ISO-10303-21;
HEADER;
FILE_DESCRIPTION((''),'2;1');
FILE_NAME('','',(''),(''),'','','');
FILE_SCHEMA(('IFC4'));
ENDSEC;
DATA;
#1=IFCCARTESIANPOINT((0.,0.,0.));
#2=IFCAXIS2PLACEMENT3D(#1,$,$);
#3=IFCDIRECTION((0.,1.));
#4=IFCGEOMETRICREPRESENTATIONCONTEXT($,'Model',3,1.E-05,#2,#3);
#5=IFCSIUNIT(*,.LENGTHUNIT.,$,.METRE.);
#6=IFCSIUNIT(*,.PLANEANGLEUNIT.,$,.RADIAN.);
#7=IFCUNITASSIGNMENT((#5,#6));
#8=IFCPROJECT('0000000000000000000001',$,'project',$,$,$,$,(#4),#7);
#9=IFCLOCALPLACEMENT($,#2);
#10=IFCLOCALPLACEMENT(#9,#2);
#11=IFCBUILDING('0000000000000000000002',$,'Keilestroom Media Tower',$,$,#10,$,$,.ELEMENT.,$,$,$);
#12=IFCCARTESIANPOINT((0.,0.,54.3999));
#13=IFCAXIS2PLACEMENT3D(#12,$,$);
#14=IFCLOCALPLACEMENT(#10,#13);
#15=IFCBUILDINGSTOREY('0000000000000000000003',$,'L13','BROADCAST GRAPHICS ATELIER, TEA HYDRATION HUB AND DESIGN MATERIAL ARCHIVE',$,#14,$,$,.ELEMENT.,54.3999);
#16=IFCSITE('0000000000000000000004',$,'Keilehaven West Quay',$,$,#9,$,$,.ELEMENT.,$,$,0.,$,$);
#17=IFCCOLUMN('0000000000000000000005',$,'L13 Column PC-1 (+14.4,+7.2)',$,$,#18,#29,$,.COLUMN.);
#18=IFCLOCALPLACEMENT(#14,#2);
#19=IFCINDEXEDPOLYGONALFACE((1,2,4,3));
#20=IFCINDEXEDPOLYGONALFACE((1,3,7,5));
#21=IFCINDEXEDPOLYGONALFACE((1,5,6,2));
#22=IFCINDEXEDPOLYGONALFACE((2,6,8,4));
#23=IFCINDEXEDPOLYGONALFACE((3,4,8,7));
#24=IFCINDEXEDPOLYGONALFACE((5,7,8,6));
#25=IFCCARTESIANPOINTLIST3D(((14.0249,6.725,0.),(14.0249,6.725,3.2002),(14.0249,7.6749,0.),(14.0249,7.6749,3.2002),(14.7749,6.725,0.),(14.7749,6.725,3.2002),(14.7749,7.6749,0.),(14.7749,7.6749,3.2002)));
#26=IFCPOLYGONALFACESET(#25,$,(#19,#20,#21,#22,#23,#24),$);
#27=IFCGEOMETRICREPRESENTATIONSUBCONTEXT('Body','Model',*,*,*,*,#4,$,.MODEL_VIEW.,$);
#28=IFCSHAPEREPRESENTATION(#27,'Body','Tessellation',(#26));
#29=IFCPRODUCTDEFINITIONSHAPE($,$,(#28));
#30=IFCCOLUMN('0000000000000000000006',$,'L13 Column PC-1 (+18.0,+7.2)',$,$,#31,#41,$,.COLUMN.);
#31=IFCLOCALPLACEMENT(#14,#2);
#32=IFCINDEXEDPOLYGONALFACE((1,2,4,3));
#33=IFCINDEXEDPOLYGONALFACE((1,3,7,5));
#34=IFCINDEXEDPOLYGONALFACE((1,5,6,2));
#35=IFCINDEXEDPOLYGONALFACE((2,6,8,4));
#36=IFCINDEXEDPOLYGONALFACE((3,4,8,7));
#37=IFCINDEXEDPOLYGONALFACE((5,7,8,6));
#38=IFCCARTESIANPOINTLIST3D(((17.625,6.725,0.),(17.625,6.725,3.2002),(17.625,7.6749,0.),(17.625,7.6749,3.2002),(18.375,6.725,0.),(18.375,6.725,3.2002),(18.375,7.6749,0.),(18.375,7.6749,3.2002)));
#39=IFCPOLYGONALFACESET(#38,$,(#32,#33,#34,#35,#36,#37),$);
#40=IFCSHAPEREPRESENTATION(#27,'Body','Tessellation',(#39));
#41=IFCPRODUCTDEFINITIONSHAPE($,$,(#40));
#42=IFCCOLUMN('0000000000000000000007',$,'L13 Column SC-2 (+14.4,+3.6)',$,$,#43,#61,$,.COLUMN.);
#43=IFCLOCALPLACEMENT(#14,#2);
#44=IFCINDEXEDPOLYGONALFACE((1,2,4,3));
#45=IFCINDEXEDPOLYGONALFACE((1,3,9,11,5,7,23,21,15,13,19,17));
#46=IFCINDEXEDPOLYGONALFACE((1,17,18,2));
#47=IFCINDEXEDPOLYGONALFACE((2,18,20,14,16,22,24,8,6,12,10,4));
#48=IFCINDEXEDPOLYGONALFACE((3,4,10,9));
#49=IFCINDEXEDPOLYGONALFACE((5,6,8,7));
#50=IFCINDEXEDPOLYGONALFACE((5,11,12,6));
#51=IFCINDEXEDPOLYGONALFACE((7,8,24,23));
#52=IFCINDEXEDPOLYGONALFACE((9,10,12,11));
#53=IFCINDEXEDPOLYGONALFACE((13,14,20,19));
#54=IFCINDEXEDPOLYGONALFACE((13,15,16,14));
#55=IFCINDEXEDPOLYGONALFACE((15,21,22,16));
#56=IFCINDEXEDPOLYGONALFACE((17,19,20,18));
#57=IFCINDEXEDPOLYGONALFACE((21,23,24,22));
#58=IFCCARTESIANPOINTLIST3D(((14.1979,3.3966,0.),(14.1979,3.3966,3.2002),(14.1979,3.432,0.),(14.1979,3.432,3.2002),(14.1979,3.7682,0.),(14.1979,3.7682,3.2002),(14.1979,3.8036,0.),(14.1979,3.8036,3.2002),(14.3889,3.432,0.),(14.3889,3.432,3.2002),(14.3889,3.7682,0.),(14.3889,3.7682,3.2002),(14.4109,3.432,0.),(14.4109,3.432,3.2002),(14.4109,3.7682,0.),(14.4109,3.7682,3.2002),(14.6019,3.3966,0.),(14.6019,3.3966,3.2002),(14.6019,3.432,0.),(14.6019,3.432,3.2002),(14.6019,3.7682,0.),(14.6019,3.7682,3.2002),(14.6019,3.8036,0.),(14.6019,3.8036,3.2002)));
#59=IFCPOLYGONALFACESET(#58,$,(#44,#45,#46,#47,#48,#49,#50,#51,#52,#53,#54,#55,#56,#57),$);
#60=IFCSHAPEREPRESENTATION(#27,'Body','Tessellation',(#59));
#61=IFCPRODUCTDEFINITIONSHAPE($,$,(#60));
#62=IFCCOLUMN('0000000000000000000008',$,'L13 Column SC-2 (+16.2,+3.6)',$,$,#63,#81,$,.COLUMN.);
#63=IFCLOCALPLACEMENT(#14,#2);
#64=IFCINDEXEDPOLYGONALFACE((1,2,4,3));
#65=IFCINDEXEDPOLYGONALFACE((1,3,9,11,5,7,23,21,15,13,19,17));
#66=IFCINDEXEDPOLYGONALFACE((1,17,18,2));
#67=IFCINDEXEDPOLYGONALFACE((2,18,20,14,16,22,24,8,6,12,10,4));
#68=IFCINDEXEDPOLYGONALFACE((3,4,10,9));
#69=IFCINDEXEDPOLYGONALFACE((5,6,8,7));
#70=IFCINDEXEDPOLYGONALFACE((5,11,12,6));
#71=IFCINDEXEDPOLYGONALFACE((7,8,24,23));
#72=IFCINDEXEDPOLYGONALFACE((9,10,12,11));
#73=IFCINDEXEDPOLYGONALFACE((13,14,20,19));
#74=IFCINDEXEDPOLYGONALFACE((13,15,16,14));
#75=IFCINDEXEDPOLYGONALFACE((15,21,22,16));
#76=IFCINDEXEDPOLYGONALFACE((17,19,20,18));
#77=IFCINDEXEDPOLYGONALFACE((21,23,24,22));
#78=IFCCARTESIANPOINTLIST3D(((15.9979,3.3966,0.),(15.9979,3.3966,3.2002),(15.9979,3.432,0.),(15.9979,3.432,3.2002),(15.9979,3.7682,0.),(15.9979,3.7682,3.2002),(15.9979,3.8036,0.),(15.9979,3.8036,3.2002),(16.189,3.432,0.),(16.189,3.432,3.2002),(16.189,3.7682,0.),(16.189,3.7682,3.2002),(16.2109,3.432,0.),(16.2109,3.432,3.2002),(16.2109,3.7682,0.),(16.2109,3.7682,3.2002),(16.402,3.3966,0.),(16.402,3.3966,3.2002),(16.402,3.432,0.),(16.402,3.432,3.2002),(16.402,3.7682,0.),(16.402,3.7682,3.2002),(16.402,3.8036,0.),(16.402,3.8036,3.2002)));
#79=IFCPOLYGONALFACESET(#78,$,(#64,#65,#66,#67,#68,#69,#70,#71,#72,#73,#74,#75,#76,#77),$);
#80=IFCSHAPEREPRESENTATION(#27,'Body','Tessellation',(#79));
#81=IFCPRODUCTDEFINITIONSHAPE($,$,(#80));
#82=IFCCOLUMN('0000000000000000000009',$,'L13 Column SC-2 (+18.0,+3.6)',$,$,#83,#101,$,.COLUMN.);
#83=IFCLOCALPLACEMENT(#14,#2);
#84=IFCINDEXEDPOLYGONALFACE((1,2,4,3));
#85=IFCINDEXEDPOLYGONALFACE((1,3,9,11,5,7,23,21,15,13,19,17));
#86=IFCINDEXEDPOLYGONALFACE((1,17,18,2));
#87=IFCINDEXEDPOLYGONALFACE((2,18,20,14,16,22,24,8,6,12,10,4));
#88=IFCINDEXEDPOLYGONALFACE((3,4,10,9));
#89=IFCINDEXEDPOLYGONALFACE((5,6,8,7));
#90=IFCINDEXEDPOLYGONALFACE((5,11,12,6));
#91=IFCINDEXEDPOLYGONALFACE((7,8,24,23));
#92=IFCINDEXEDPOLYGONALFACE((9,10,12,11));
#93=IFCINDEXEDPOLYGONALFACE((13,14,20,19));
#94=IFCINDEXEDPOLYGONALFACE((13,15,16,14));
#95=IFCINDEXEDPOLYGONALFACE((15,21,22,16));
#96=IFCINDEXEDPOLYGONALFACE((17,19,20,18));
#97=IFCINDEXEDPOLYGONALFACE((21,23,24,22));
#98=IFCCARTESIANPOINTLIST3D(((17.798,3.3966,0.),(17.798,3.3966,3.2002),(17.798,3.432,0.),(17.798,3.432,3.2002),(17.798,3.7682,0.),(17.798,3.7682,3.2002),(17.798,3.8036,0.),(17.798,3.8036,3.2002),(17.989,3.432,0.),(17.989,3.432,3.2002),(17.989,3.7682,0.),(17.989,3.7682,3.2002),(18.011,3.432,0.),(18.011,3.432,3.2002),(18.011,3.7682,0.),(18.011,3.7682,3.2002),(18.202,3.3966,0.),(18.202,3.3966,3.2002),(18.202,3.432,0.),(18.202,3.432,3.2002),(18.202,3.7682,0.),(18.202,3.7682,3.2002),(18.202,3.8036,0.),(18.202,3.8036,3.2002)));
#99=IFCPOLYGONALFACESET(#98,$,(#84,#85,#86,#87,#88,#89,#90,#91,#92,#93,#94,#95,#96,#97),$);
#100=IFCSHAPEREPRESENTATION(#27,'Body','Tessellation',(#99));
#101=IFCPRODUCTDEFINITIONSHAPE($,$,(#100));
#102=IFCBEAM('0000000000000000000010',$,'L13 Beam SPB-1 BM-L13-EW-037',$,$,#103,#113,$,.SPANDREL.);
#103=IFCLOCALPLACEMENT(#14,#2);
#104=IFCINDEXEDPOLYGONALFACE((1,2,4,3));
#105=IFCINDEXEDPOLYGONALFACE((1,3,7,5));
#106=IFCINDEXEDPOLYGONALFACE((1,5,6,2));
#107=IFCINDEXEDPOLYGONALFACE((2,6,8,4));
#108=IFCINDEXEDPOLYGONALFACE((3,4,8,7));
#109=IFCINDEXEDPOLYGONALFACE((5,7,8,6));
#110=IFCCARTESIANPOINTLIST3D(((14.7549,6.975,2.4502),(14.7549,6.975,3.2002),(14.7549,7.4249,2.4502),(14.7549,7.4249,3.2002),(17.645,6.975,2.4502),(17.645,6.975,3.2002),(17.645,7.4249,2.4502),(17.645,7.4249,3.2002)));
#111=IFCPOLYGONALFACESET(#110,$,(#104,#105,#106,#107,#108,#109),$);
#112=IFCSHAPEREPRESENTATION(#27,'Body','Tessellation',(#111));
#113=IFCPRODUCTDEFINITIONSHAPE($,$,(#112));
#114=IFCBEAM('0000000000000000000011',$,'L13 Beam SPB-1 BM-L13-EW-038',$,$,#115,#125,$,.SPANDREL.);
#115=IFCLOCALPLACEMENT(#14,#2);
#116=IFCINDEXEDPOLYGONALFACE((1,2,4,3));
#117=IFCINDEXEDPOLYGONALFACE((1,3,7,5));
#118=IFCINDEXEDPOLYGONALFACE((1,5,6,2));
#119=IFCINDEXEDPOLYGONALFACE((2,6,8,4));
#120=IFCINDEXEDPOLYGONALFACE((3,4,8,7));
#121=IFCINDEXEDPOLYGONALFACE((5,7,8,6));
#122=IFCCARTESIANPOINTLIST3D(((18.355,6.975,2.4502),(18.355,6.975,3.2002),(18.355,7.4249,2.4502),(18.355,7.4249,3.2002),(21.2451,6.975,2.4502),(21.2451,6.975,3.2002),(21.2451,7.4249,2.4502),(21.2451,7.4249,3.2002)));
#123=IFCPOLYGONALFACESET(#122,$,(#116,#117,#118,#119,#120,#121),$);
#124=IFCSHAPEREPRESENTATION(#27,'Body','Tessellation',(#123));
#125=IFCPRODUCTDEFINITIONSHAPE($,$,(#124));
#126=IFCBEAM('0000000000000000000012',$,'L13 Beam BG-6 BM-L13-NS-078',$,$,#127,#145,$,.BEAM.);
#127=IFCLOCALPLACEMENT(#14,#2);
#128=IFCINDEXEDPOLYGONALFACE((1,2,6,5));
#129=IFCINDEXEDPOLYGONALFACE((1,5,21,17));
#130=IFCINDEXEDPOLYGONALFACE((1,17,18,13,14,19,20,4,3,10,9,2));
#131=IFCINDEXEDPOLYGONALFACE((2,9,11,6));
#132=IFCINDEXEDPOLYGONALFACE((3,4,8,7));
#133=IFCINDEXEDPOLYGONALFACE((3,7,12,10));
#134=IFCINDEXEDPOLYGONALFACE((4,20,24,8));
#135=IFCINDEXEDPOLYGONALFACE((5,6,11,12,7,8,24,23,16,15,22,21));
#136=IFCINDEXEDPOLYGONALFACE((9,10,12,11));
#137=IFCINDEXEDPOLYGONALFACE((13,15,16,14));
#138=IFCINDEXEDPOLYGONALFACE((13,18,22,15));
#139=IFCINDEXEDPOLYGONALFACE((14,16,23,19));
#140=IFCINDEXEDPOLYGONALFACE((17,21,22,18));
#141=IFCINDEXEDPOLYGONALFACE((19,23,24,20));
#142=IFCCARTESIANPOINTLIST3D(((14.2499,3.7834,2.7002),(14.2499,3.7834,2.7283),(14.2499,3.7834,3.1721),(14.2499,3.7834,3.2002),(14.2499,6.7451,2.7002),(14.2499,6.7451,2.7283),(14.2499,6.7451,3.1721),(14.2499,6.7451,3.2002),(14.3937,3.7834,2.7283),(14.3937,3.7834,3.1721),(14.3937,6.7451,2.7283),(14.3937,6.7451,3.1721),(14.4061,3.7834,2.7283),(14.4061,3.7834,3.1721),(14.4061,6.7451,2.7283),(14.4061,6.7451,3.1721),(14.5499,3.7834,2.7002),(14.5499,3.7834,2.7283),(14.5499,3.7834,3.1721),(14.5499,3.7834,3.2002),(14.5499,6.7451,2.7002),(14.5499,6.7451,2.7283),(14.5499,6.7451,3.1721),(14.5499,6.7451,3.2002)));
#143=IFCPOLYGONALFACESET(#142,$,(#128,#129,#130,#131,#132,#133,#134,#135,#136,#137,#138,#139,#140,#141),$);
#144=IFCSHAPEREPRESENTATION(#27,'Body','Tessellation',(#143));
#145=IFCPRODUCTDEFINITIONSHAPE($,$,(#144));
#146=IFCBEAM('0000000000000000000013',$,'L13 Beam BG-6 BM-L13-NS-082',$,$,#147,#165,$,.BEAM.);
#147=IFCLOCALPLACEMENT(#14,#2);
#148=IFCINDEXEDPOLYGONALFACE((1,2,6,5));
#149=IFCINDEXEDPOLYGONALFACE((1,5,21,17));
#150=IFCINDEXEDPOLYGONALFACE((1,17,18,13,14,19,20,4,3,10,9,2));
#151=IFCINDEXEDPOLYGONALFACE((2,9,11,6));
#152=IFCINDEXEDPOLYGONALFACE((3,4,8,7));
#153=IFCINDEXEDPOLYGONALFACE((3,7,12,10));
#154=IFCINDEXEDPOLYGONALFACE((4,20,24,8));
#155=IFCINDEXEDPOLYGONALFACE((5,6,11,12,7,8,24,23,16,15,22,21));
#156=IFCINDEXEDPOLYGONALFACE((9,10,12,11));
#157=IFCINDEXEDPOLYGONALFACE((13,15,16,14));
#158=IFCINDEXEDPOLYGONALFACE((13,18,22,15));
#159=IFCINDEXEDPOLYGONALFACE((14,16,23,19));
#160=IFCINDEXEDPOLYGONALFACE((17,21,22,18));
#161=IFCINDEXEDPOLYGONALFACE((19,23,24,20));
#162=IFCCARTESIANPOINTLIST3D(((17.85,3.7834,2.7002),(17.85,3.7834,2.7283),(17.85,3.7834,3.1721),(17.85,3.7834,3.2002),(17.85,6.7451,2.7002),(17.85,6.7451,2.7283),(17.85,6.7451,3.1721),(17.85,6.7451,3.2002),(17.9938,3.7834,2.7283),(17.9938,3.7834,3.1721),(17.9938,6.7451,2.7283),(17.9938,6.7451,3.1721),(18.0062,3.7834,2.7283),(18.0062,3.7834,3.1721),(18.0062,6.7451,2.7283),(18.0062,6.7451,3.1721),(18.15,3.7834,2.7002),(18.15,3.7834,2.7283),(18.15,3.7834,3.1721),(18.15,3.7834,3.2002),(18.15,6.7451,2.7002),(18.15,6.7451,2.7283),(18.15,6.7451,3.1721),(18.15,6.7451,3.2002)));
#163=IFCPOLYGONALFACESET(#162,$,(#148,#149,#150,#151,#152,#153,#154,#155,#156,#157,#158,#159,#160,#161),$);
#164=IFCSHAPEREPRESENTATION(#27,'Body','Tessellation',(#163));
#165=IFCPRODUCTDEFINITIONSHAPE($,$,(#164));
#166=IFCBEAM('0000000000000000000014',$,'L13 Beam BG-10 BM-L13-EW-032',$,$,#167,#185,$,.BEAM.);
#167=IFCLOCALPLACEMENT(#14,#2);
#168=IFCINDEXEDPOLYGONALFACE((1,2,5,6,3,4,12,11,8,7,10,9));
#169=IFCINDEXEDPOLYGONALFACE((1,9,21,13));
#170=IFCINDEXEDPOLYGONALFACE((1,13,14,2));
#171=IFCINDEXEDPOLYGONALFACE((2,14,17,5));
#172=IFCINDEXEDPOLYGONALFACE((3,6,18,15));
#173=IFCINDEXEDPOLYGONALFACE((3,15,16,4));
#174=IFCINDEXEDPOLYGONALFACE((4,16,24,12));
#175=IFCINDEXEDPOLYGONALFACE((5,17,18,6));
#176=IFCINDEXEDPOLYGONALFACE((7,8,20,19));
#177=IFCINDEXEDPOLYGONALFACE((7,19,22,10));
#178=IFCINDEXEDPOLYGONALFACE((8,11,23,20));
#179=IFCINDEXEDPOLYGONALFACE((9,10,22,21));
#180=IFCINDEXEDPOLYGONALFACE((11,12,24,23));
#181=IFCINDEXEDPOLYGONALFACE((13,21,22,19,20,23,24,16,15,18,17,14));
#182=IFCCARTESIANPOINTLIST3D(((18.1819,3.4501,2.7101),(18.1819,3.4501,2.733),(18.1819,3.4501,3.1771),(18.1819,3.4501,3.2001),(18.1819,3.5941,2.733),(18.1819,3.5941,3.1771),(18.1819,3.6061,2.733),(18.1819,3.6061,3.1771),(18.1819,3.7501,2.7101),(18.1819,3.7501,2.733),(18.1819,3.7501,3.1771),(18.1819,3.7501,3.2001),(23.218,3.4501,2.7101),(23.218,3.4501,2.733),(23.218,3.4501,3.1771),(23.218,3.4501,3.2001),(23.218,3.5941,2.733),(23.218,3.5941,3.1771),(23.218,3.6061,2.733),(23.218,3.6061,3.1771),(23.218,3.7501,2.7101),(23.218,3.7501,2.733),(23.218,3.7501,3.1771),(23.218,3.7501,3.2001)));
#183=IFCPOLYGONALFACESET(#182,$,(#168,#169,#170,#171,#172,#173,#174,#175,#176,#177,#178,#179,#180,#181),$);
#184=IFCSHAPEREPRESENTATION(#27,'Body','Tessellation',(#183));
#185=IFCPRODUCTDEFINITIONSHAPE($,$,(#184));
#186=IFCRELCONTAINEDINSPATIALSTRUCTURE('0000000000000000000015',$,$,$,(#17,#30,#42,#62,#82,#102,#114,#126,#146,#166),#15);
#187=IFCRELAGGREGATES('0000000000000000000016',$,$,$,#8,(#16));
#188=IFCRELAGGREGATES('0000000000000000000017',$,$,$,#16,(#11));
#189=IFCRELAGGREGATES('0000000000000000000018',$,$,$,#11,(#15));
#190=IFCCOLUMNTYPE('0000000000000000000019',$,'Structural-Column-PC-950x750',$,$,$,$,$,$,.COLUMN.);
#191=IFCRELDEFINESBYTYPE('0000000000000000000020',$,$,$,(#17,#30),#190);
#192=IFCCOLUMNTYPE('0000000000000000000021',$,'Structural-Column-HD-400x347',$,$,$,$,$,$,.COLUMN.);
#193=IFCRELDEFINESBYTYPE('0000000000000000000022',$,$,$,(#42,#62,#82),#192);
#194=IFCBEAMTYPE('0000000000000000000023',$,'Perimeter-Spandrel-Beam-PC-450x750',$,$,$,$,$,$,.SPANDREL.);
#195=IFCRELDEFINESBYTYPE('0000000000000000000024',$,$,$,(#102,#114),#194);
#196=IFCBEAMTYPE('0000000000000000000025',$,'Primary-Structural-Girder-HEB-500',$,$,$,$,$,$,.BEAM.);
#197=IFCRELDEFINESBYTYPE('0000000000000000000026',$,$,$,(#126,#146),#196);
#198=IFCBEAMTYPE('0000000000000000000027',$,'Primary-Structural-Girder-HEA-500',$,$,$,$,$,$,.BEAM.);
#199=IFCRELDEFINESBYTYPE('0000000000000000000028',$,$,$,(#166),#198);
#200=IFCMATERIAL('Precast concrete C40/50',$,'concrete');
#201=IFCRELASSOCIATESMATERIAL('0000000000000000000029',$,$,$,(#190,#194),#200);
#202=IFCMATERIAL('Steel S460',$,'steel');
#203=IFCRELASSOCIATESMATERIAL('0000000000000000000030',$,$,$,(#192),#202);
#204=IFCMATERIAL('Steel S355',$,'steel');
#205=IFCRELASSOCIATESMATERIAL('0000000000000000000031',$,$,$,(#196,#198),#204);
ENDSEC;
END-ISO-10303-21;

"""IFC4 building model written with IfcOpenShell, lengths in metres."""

from ifc_helpers import new_model, si_unit, direction, frame, origin, origin_2d, place, context, subcontext, project, spatial, rectangle, i_section, extrude, source, transform, mapped, material, material_profile, profile_set, type_object, element, save


model = new_model("IFC4")

# Units and contexts
model_context = context("Model", 3, precision=1e-05, world=origin(), true_north=direction((0.0, 1.0)))
body_context = subcontext(model_context, "Body", "Model", "MODEL_VIEW")
ifc_project = project(units=[si_unit("LENGTHUNIT", "METRE"), si_unit("PLANEANGLEUNIT", "RADIAN")], contexts=[model_context])

# Site, building, storey
site_placement = place(None, origin())
site = spatial("IfcSite", under=ifc_project, at=site_placement, Name="Keilehaven West Quay", CompositionType="ELEMENT", RefElevation=0.0)
building_placement = place(site_placement, origin())
building = spatial("IfcBuilding", under=site, at=building_placement, Name="Keilestroom Media Tower", CompositionType="ELEMENT")
storey_placement = place(building_placement, frame((0.0, 0.0, 54.3999)))
storey = spatial("IfcBuildingStorey", under=building, at=storey_placement, Name="L13", Description="BROADCAST GRAPHICS ATELIER, TEA HYDRATION HUB AND DESIGN MATERIAL ARCHIVE", CompositionType="ELEMENT", Elevation=54.3999)

# Columns
ifc_material_1 = material(Name="Precast concrete C40/50", Category="concrete")
ifc_material_profile_1 = material_profile(ifc_material_1, rectangle(XDim=0.75, YDim=0.95, at=origin_2d()), Name="PC 950x750")
ifc_profile_set_1 = profile_set([ifc_material_profile_1], Name="Precast concrete C40/50")
column_type_1 = type_object("IfcColumnType", Name="Structural-Column-PC-950x750", PredefinedType="COLUMN", material=ifc_profile_set_1)
shared_shape_1 = source(origin(), body_context, "Body", "SweptSolid", [
    extrude(rectangle(XDim=0.75, YDim=0.95, at=origin_2d()), origin(), (0.0, 0.0, 1.0), 3.2002),
])
for number, where, z_axis, x_axis, name in (
    (1, (14.3999, 7.2, 0.0), (0.0, 0.0, 1.0), (1.0, 0.0, 0.0), "L13 Column PC-1 (+14.4,+7.2)"),
    (2, (18.0, 7.2, 0.0), (0.0, 0.0, 1.0), (1.0, 0.0, 0.0), "L13 Column PC-1 (+18.0,+7.2)"),
):
    element("IfcColumn", number, at=place(storey_placement, frame(where, z_axis=z_axis, x_axis=x_axis)), inside=storey, type_object=column_type_1, Name=name, PredefinedType="COLUMN", context=body_context, shape_type="MappedRepresentation", body=[
        mapped(shared_shape_1, transform((0.0, 0.0, 0.0), x_axis=(1.0, 0.0, 0.0), y_axis=(0.0, 1.0, 0.0), z_axis=(0.0, 0.0, 1.0), scale=1.0)),
    ])
ifc_material_2 = material(Name="Steel S460", Category="steel")
ifc_material_profile_2 = material_profile(ifc_material_2, i_section(OverallWidth=0.4041, OverallDepth=0.407, WebThickness=0.022, FlangeThickness=0.0354, at=origin_2d()), Name="HD 400x347")
ifc_profile_set_2 = profile_set([ifc_material_profile_2], Name="Steel S460")
column_type_2 = type_object("IfcColumnType", Name="Structural-Column-HD-400x347", PredefinedType="COLUMN", material=ifc_profile_set_2)
shared_shape_2 = source(origin(), body_context, "Body", "SweptSolid", [
    extrude(i_section(OverallWidth=0.4041, OverallDepth=0.407, WebThickness=0.022, FlangeThickness=0.0354, at=origin_2d()), origin(), (0.0, 0.0, 1.0), 3.2002),
])
for number, where, z_axis, x_axis, name in (
    (3, (14.3999, 3.6001, 0.0), (0.0, 0.0, 1.0), (1.0, 0.0, 0.0), "L13 Column SC-2 (+14.4,+3.6)"),
    (4, (16.2, 3.6001, 0.0), (0.0, 0.0, 1.0), (1.0, 0.0, 0.0), "L13 Column SC-2 (+16.2,+3.6)"),
    (5, (18.0, 3.6001, 0.0), (0.0, 0.0, 1.0), (1.0, 0.0, 0.0), "L13 Column SC-2 (+18.0,+3.6)"),
):
    element("IfcColumn", number, at=place(storey_placement, frame(where, z_axis=z_axis, x_axis=x_axis)), inside=storey, type_object=column_type_2, Name=name, PredefinedType="COLUMN", context=body_context, shape_type="MappedRepresentation", body=[
        mapped(shared_shape_2, transform((0.0, 0.0, 0.0), x_axis=(1.0, 0.0, 0.0), y_axis=(0.0, 1.0, 0.0), z_axis=(0.0, 0.0, 1.0), scale=1.0)),
    ])

# Beams
ifc_material_profile_3 = material_profile(ifc_material_1, rectangle(XDim=0.45, YDim=0.75, at=origin_2d()), Name="PC 450x750")
ifc_profile_set_3 = profile_set([ifc_material_profile_3], Name="Precast concrete C40/50")
beam_type_1 = type_object("IfcBeamType", Name="Perimeter-Spandrel-Beam-PC-450x750", PredefinedType="SPANDREL", material=ifc_profile_set_3)
shared_shape_3 = source(origin(), body_context, "Body", "SweptSolid", [
    extrude(rectangle(XDim=0.45, YDim=0.75, at=origin_2d()), origin(), (0.0, 0.0, 1.0), 2.8901),
])
for number, where, z_axis, x_axis, name in (
    (6, (14.7549, 7.2, 2.8252), (1.0, 0.0, 0.0), (0.0, 1.0, 0.0), "L13 Beam SPB-1 BM-L13-EW-037"),
    (7, (18.355, 7.2, 2.8252), (1.0, 0.0, 0.0), (0.0, 1.0, 0.0), "L13 Beam SPB-1 BM-L13-EW-038"),
):
    element("IfcBeam", number, at=place(storey_placement, frame(where, z_axis=z_axis, x_axis=x_axis)), inside=storey, type_object=beam_type_1, Name=name, PredefinedType="SPANDREL", context=body_context, shape_type="MappedRepresentation", body=[
        mapped(shared_shape_3, transform((0.0, 0.0, 0.0), x_axis=(1.0, 0.0, 0.0), y_axis=(0.0, 1.0, 0.0), z_axis=(0.0, 0.0, 1.0), scale=1.0)),
    ])
ifc_material_3 = material(Name="Steel S355", Category="steel")
ifc_material_profile_4 = material_profile(ifc_material_3, i_section(OverallWidth=0.3, OverallDepth=0.5, WebThickness=0.0125, FlangeThickness=0.0281, at=origin_2d()), Name="HEB 500")
ifc_profile_set_4 = profile_set([ifc_material_profile_4], Name="Steel S355")
beam_type_2 = type_object("IfcBeamType", Name="Primary-Structural-Girder-HEB-500", PredefinedType="BEAM", material=ifc_profile_set_4)
shared_shape_4 = source(origin(), body_context, "Body", "SweptSolid", [
    extrude(i_section(OverallWidth=0.3, OverallDepth=0.5, WebThickness=0.0125, FlangeThickness=0.0281, at=origin_2d()), origin(), (0.0, 0.0, 1.0), 2.9617),
])
for number, where, z_axis, x_axis, name in (
    (8, (14.3999, 3.7834, 2.9502), (0.0, 1.0, 0.0), (-1.0, 0.0, 0.0), "L13 Beam BG-6 BM-L13-NS-078"),
    (9, (18.0, 3.7834, 2.9502), (0.0, 1.0, 0.0), (-1.0, 0.0, 0.0), "L13 Beam BG-6 BM-L13-NS-082"),
):
    element("IfcBeam", number, at=place(storey_placement, frame(where, z_axis=z_axis, x_axis=x_axis)), inside=storey, type_object=beam_type_2, Name=name, PredefinedType="BEAM", context=body_context, shape_type="MappedRepresentation", body=[
        mapped(shared_shape_4, transform((0.0, 0.0, 0.0), x_axis=(1.0, 0.0, 0.0), y_axis=(0.0, 1.0, 0.0), z_axis=(0.0, 0.0, 1.0), scale=1.0)),
    ])
ifc_material_profile_5 = material_profile(ifc_material_3, i_section(OverallWidth=0.3, OverallDepth=0.49, WebThickness=0.012, FlangeThickness=0.0229, at=origin_2d()), Name="HEA 500")
ifc_profile_set_5 = profile_set([ifc_material_profile_5], Name="Steel S355")
beam_type_3 = type_object("IfcBeamType", Name="Primary-Structural-Girder-HEA-500", PredefinedType="BEAM", material=ifc_profile_set_5)
shared_shape_5 = source(origin(), body_context, "Body", "SweptSolid", [
    extrude(i_section(OverallWidth=0.3, OverallDepth=0.49, WebThickness=0.012, FlangeThickness=0.0229, at=origin_2d()), origin(), (0.0, 0.0, 1.0), 5.0361),
])
beam_placement = place(storey_placement, frame((18.1819, 3.6001, 2.9551), z_axis=(1.0, 0.0, 0.0), x_axis=(0.0, 1.0, 0.0)))
element("IfcBeam", 10, at=beam_placement, inside=storey, type_object=beam_type_3, Name="L13 Beam BG-10 BM-L13-EW-032", PredefinedType="BEAM", context=body_context, shape_type="MappedRepresentation", body=[
    mapped(shared_shape_5, transform((0.0, 0.0, 0.0), x_axis=(1.0, 0.0, 0.0), y_axis=(0.0, 1.0, 0.0), z_axis=(0.0, 0.0, 1.0), scale=1.0)),
])

save(model, "model.ifc")
